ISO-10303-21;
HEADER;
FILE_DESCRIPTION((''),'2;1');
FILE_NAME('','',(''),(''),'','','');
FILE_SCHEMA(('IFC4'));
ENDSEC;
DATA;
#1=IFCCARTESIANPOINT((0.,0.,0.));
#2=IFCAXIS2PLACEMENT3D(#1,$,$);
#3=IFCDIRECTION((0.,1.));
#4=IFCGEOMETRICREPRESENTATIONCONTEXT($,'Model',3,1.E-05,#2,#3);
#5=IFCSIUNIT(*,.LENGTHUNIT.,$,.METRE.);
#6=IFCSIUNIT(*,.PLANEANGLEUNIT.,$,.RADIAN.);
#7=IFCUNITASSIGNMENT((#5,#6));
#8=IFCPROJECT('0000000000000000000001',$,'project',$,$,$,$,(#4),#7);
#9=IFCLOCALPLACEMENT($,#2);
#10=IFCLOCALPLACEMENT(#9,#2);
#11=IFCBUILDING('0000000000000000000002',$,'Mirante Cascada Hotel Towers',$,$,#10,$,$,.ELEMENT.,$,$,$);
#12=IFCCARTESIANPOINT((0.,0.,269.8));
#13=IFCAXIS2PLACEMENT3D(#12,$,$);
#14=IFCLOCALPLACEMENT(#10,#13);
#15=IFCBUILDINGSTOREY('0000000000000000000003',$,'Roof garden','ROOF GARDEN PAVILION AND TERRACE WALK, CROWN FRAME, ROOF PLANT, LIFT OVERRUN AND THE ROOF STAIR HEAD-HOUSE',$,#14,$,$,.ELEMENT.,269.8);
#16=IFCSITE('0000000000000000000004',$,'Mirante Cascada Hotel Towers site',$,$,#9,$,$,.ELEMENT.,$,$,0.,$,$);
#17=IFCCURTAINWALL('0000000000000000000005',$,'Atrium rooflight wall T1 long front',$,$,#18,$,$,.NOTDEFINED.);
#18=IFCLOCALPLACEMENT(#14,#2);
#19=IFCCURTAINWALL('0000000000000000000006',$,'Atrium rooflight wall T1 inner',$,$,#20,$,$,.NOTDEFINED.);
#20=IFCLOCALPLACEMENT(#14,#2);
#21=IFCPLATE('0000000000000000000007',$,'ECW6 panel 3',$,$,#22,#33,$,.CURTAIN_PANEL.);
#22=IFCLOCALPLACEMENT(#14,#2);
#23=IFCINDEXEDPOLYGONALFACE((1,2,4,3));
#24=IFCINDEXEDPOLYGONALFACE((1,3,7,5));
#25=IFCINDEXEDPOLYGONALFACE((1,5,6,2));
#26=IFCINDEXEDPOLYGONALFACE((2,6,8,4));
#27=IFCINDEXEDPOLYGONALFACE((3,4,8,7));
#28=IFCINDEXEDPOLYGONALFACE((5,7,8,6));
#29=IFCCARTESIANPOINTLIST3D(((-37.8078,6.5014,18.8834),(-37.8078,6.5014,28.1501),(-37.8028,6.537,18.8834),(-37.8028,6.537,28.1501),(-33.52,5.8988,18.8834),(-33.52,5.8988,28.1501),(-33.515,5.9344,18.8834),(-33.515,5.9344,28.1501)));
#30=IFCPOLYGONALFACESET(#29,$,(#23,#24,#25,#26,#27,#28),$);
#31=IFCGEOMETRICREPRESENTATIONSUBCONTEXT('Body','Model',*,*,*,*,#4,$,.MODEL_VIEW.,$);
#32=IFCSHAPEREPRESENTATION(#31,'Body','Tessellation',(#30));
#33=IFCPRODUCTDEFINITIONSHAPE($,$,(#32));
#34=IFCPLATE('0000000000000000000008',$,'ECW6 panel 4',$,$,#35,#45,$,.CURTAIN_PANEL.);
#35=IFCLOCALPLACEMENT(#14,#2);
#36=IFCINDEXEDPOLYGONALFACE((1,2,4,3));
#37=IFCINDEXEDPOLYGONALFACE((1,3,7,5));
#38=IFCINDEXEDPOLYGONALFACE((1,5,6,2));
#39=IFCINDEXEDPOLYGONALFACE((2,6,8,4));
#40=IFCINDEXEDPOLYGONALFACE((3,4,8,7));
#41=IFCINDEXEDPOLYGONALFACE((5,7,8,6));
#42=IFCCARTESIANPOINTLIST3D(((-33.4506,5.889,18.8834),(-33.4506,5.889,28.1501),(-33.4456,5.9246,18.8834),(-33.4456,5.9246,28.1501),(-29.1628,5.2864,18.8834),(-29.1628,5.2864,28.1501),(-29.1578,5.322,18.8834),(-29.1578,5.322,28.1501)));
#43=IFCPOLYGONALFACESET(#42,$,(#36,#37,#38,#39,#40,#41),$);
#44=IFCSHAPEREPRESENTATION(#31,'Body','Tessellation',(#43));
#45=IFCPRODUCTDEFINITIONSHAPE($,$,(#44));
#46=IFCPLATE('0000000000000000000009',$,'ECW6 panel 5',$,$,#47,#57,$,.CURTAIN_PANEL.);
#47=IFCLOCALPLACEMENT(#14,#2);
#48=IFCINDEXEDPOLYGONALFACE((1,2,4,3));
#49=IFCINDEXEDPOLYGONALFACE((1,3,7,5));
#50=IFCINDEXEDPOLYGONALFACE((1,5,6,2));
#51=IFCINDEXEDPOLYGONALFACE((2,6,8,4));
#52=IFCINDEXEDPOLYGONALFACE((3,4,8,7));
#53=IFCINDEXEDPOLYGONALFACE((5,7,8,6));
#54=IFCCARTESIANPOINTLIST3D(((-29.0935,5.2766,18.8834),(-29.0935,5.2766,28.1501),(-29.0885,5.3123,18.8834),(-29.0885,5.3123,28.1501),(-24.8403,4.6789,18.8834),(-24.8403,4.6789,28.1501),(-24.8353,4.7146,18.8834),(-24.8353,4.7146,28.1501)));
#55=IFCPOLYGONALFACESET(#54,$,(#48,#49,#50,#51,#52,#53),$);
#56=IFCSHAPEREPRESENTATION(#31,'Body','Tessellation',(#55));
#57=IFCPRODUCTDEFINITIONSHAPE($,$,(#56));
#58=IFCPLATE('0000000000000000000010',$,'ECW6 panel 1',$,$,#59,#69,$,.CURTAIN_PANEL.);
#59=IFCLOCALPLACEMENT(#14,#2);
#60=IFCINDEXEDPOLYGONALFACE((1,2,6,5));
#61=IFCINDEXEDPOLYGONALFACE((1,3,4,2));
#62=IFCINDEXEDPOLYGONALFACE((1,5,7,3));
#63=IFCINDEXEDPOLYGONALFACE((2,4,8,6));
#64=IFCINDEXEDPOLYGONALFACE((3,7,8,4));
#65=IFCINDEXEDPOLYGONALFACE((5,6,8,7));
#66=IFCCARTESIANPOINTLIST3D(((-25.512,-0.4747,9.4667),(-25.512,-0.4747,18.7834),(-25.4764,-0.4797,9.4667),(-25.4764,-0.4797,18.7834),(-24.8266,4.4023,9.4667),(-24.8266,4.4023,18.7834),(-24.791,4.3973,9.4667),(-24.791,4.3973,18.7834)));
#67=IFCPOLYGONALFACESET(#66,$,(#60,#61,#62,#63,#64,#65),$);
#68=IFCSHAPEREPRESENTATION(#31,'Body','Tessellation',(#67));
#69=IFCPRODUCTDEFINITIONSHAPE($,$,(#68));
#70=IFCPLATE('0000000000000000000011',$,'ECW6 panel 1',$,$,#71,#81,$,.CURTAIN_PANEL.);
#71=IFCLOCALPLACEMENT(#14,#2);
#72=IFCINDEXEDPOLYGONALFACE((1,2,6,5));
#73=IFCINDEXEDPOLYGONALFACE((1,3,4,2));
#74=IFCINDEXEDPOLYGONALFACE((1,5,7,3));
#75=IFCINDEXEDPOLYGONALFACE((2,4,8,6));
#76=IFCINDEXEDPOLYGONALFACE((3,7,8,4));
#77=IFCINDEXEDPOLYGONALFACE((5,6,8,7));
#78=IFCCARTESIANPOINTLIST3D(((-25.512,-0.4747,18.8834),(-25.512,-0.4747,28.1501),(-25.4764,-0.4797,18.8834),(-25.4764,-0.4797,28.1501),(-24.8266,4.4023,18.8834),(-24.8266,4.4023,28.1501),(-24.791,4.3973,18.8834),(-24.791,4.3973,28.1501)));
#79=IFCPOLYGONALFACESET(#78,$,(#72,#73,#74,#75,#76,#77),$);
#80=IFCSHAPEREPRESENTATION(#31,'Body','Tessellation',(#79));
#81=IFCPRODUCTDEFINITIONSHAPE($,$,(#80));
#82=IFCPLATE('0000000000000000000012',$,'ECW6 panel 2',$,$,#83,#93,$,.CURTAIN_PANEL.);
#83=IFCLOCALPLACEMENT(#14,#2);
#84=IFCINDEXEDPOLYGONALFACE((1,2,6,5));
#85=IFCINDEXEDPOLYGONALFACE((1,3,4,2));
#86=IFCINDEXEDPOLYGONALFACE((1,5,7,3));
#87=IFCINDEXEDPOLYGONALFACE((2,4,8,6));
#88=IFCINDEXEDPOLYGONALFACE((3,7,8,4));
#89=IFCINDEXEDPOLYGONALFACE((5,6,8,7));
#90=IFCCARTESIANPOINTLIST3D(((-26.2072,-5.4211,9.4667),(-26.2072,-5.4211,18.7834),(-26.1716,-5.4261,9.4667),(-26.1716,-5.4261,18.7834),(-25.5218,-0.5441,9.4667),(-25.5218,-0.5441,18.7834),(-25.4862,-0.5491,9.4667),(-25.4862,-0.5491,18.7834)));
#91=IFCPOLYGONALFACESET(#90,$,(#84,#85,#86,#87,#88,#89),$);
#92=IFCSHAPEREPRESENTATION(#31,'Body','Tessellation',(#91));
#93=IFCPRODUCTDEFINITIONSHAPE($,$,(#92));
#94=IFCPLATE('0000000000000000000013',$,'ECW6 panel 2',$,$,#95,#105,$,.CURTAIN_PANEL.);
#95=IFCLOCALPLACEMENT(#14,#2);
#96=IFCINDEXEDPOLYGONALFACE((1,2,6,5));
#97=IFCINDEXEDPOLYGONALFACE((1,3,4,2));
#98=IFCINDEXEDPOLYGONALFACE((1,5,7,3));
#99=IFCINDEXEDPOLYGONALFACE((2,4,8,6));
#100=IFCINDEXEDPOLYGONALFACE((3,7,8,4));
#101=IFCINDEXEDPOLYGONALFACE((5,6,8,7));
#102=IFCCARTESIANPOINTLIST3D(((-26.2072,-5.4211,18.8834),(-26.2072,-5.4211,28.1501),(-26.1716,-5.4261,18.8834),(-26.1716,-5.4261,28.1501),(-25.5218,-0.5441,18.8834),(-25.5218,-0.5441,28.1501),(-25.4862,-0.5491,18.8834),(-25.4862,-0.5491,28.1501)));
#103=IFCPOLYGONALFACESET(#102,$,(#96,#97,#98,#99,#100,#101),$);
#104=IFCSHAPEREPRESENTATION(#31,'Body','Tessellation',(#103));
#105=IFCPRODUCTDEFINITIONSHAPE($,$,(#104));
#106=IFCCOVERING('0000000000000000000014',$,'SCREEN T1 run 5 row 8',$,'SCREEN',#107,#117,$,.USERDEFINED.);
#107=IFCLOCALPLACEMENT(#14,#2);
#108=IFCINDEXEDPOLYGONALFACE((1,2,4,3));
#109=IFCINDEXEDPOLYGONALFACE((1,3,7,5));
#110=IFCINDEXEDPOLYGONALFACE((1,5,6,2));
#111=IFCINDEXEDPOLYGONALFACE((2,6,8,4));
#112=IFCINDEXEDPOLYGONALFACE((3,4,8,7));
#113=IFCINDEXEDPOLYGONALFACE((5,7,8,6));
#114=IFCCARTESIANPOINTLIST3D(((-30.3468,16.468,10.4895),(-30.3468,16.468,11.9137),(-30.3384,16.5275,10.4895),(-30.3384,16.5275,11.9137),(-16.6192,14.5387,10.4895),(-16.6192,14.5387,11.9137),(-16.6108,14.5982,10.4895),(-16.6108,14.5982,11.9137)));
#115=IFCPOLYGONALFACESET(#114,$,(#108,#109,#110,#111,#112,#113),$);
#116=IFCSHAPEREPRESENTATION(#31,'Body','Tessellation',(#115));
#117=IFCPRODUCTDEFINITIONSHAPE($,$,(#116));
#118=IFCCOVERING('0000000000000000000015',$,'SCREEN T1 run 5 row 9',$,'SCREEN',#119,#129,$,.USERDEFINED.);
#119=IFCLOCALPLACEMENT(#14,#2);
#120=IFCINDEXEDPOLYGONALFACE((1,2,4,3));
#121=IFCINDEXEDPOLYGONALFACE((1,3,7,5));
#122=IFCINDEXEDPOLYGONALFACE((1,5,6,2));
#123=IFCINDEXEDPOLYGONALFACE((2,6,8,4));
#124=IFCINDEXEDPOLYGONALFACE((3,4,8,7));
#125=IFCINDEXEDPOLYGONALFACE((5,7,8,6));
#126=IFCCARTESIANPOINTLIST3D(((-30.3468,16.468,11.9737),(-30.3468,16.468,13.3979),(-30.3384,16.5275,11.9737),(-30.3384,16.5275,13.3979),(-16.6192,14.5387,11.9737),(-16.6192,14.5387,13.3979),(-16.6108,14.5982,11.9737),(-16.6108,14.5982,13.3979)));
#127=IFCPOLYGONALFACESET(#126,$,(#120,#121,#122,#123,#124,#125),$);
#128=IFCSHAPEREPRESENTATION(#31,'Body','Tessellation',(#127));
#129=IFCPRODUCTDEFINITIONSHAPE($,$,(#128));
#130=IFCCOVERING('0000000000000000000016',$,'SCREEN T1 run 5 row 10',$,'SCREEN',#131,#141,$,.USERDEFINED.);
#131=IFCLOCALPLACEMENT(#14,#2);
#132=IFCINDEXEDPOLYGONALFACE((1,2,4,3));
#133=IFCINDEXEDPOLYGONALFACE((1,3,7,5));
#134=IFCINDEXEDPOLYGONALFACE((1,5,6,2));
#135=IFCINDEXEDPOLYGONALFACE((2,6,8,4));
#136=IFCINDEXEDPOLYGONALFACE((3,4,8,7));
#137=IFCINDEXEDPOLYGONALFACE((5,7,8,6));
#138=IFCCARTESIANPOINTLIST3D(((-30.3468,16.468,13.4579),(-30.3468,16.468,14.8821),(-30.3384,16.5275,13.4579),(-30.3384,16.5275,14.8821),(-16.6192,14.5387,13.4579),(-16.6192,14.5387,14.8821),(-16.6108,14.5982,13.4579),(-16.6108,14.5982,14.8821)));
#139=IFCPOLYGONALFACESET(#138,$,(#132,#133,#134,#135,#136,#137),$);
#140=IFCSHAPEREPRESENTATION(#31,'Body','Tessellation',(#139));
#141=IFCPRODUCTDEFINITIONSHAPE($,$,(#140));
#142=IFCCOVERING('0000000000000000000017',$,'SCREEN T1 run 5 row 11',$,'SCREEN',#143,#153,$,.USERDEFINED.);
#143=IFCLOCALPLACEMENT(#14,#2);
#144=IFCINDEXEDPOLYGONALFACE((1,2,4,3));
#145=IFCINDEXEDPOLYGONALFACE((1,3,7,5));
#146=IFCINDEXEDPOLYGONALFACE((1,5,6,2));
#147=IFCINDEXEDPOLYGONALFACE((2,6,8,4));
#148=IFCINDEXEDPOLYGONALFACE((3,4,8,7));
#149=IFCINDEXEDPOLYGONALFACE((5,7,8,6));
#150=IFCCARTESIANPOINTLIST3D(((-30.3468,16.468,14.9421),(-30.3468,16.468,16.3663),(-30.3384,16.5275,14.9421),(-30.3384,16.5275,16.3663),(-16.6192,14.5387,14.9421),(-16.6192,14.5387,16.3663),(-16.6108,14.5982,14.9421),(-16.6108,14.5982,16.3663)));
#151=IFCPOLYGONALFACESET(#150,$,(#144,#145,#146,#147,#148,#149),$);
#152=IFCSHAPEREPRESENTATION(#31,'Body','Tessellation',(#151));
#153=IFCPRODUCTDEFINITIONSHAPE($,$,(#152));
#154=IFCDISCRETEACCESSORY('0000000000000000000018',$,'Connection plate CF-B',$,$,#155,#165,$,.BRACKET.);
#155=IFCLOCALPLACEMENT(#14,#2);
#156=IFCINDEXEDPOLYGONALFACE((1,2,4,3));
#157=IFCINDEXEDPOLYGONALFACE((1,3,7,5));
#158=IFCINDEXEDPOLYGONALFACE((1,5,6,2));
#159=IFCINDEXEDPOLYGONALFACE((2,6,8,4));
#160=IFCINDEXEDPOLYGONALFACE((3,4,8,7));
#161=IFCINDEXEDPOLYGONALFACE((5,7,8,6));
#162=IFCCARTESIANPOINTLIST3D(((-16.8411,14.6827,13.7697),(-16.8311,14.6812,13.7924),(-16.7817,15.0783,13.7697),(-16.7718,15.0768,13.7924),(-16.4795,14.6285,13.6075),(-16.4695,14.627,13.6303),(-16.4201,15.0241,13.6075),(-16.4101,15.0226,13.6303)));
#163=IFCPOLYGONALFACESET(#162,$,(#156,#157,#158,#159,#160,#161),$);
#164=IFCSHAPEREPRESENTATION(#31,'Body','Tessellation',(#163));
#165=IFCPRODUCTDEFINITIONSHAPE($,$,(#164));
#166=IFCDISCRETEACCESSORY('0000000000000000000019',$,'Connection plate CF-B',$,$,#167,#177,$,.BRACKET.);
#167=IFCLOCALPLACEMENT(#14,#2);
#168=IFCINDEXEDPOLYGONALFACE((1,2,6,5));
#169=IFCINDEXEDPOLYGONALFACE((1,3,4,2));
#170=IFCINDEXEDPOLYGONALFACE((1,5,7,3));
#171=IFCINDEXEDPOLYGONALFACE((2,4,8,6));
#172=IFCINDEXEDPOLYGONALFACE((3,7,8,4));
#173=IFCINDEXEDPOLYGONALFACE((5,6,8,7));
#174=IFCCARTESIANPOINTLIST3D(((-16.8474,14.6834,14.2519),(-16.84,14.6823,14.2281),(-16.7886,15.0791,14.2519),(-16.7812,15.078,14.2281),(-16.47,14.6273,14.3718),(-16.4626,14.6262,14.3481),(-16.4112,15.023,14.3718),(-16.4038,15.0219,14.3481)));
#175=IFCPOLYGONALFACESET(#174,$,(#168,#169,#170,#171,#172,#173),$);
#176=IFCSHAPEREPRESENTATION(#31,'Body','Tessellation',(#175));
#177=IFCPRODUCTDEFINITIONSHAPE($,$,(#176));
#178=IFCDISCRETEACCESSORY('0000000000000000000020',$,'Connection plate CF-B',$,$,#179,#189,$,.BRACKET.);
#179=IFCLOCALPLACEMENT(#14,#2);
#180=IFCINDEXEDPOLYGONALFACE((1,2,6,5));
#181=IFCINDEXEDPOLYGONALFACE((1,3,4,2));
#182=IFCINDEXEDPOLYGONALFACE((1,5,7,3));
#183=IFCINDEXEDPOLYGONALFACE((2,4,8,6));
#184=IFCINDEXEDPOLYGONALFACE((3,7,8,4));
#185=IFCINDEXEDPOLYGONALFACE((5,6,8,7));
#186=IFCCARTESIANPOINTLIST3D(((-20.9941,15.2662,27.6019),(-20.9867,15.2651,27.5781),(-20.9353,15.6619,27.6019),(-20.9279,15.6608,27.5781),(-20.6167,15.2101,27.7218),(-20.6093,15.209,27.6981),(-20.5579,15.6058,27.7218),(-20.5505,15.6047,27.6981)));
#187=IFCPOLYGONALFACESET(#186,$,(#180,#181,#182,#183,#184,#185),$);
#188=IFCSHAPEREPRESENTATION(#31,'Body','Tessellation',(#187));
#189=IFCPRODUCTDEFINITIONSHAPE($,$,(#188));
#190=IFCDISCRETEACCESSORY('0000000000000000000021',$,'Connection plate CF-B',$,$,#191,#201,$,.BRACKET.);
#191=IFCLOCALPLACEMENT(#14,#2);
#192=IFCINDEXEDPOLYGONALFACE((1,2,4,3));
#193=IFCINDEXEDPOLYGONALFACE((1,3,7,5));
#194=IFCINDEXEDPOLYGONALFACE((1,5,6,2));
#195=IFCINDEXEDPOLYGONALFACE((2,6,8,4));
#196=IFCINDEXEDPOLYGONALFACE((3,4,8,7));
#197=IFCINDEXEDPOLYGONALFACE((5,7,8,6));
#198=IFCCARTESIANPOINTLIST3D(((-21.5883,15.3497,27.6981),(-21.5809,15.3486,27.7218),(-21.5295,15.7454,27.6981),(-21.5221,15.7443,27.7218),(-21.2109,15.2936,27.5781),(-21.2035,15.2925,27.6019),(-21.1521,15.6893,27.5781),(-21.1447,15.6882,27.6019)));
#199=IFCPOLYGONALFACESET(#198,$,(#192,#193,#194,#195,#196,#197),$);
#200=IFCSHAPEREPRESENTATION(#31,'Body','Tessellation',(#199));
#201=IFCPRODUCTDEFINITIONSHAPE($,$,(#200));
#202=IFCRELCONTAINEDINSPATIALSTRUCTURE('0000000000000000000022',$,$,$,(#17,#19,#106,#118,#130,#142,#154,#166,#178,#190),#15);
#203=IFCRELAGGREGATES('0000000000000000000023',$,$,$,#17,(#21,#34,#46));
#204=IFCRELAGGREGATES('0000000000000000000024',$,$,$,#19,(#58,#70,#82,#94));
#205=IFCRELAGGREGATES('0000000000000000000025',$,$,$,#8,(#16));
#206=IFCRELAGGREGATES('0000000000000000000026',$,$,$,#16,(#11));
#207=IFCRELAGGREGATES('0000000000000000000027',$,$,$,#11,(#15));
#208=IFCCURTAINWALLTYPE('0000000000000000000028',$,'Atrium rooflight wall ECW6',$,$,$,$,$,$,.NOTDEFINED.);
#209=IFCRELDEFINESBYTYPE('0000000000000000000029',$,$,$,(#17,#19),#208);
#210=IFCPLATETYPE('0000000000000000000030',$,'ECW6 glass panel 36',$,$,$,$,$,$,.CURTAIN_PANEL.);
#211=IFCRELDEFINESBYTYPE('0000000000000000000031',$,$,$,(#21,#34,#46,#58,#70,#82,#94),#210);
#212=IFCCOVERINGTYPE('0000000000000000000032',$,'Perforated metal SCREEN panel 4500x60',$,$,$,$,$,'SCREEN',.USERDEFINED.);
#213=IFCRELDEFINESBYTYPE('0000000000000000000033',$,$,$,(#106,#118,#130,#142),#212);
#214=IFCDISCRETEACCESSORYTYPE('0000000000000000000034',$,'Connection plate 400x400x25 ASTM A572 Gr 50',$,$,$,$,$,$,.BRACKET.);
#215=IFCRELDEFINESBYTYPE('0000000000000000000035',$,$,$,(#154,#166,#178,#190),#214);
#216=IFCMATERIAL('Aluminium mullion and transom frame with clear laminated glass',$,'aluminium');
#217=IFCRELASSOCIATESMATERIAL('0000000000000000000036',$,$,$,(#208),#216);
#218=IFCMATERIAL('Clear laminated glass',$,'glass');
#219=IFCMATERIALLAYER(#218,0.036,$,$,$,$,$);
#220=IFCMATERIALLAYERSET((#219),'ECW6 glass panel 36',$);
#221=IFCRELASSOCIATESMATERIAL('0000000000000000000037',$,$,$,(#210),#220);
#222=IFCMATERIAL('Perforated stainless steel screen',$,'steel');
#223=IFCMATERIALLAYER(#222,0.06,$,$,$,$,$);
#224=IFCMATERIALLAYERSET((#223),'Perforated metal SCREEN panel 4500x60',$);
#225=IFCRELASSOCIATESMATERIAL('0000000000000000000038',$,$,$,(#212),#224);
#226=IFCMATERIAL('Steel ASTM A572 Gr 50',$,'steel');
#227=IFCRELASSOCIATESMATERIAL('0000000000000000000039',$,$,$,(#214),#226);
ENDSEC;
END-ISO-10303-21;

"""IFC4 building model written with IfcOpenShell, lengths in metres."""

from ifc_helpers import new_model, si_unit, direction, frame, origin, origin_2d, place, context, subcontext, project, spatial, rectangle, extrude, material, layer, layer_set, material_profile, profile_set, type_object, element, aggregate, save


model = new_model("IFC4")

# Units and contexts
model_context = context("Model", 3, precision=1e-05, world=origin(), true_north=direction((0.0, 1.0)))
body_context = subcontext(model_context, "Body", "Model", "MODEL_VIEW")
ifc_project = project(units=[si_unit("LENGTHUNIT", "METRE"), si_unit("PLANEANGLEUNIT", "RADIAN")], contexts=[model_context])

# Site, building, storey
site_placement = place(None, origin())
site = spatial("IfcSite", under=ifc_project, at=site_placement, Name="Mirante Cascada Hotel Towers site", CompositionType="ELEMENT", RefElevation=0.0)
building_placement = place(site_placement, origin())
building = spatial("IfcBuilding", under=site, at=building_placement, Name="Mirante Cascada Hotel Towers", CompositionType="ELEMENT")
storey_placement = place(building_placement, frame((0.0, 0.0, 269.8)))
storey = spatial("IfcBuildingStorey", under=building, at=storey_placement, Name="Roof garden", Description="ROOF GARDEN PAVILION AND TERRACE WALK, CROWN FRAME, ROOF PLANT, LIFT OVERRUN AND THE ROOF STAIR HEAD-HOUSE", CompositionType="ELEMENT", Elevation=269.8)

# Curtain walls
ifc_material_1 = material(Name="Aluminium mullion and transom frame with clear laminated glass", Category="aluminium")
curtain_wall_type = type_object("IfcCurtainWallType", Name="Atrium rooflight wall ECW6", PredefinedType="NOTDEFINED", material=ifc_material_1)
curtain_wall_1_placement = place(storey_placement, origin())
curtain_wall_1 = element("IfcCurtainWall", 1, at=curtain_wall_1_placement, inside=storey, type_object=curtain_wall_type, Name="Atrium rooflight wall T1 long front", PredefinedType="NOTDEFINED")
curtain_wall_2_placement = place(storey_placement, origin())
curtain_wall_2 = element("IfcCurtainWall", 2, at=curtain_wall_2_placement, inside=storey, type_object=curtain_wall_type, Name="Atrium rooflight wall T1 inner", PredefinedType="NOTDEFINED")

# Plates
ifc_material_2 = material(Name="Clear laminated glass", Category="glass")
ifc_layer_1 = layer(ifc_material_2, 0.036)
ifc_layer_set_1 = layer_set([ifc_layer_1], Name="ECW6 glass panel 36")
plate_type = type_object("IfcPlateType", Name="ECW6 glass panel 36", PredefinedType="CURTAIN_PANEL", material=ifc_layer_set_1)
plate_1_placement = place(storey_placement, frame((-35.6614, 6.2179, 18.8834), z_axis=(0.0, 0.0, 1.0), x_axis=(0.990268, -0.139173, 0.0)))
plate_1 = element("IfcPlate", 3, at=plate_1_placement, type_object=plate_type, Name="ECW6 panel 3", PredefinedType="CURTAIN_PANEL", context=body_context, shape_type="SweptSolid", body=[
    extrude(rectangle(XDim=4.33, YDim=0.036, at=origin_2d()), origin(), (0.0, 0.0, 1.0), 9.2667),
])
plate_2_placement = place(storey_placement, frame((-31.3042, 5.6055, 18.8834), z_axis=(0.0, 0.0, 1.0), x_axis=(0.990268, -0.139173, 0.0)))
plate_2 = element("IfcPlate", 4, at=plate_2_placement, type_object=plate_type, Name="ECW6 panel 4", PredefinedType="CURTAIN_PANEL", context=body_context, shape_type="SweptSolid", body=[
    extrude(rectangle(XDim=4.33, YDim=0.036, at=origin_2d()), origin(), (0.0, 0.0, 1.0), 9.2667),
])
plate_3_placement = place(storey_placement, frame((-26.9644, 4.9956, 18.8834), z_axis=(0.0, 0.0, 1.0), x_axis=(0.990268, -0.139173, 0.0)))
plate_3 = element("IfcPlate", 5, at=plate_3_placement, type_object=plate_type, Name="ECW6 panel 5", PredefinedType="CURTAIN_PANEL", context=body_context, shape_type="SweptSolid", body=[
    extrude(rectangle(XDim=4.295, YDim=0.036, at=origin_2d()), origin(), (0.0, 0.0, 1.0), 9.2667),
])
aggregate(curtain_wall_1, [plate_1, plate_2, plate_3])
plate_4_placement = place(storey_placement, frame((-25.1515, 1.9613, 9.4667), z_axis=(0.0, 0.0, 1.0), x_axis=(-0.139173, -0.990268, 0.0)))
plate_4 = element("IfcPlate", 6, at=plate_4_placement, type_object=plate_type, Name="ECW6 panel 1", PredefinedType="CURTAIN_PANEL", context=body_context, shape_type="SweptSolid", body=[
    extrude(rectangle(XDim=4.925, YDim=0.036, at=origin_2d()), origin(), (0.0, 0.0, 1.0), 9.3167),
])
plate_5_placement = place(storey_placement, frame((-25.1515, 1.9613, 18.8834), z_axis=(0.0, 0.0, 1.0), x_axis=(-0.139173, -0.990268, 0.0)))
plate_5 = element("IfcPlate", 7, at=plate_5_placement, type_object=plate_type, Name="ECW6 panel 1", PredefinedType="CURTAIN_PANEL", context=body_context, shape_type="SweptSolid", body=[
    extrude(rectangle(XDim=4.925, YDim=0.036, at=origin_2d()), origin(), (0.0, 0.0, 1.0), 9.2667),
])
plate_6_placement = place(storey_placement, frame((-25.8467, -2.9851, 9.4667), z_axis=(0.0, 0.0, 1.0), x_axis=(-0.139173, -0.990268, 0.0)))
plate_6 = element("IfcPlate", 8, at=plate_6_placement, type_object=plate_type, Name="ECW6 panel 2", PredefinedType="CURTAIN_PANEL", context=body_context, shape_type="SweptSolid", body=[
    extrude(rectangle(XDim=4.925, YDim=0.036, at=origin_2d()), origin(), (0.0, 0.0, 1.0), 9.3167),
])
plate_7_placement = place(storey_placement, frame((-25.8467, -2.9851, 18.8834), z_axis=(0.0, 0.0, 1.0), x_axis=(-0.139173, -0.990268, 0.0)))
plate_7 = element("IfcPlate", 9, at=plate_7_placement, type_object=plate_type, Name="ECW6 panel 2", PredefinedType="CURTAIN_PANEL", context=body_context, shape_type="SweptSolid", body=[
    extrude(rectangle(XDim=4.925, YDim=0.036, at=origin_2d()), origin(), (0.0, 0.0, 1.0), 9.2667),
])
aggregate(curtain_wall_2, [plate_4, plate_5, plate_6, plate_7])

# Coverings
ifc_material_3 = material(Name="Perforated stainless steel screen", Category="steel")
ifc_layer_2 = layer(ifc_material_3, 0.06)
ifc_layer_set_2 = layer_set([ifc_layer_2], Name="Perforated metal SCREEN panel 4500x60")
covering_type = type_object("IfcCoveringType", Name="Perforated metal SCREEN panel 4500x60", ElementType="SCREEN", PredefinedType="USERDEFINED", material=ifc_layer_set_2)
for number, where, z_axis, x_axis, name in (
    (10, (-23.4788, 15.5331, 10.4895), (0.0, 0.0, 1.0), (-0.990268, 0.139173, 0.0), "SCREEN T1 run 5 row 8"),
    (11, (-23.4788, 15.5331, 11.9737), (0.0, 0.0, 1.0), (-0.990268, 0.139173, 0.0), "SCREEN T1 run 5 row 9"),
    (12, (-23.4788, 15.5331, 13.4579), (0.0, 0.0, 1.0), (-0.990268, 0.139173, 0.0), "SCREEN T1 run 5 row 10"),
    (13, (-23.4788, 15.5331, 14.9421), (0.0, 0.0, 1.0), (-0.990268, 0.139173, 0.0), "SCREEN T1 run 5 row 11"),
):
    element("IfcCovering", number, at=place(storey_placement, frame(where, z_axis=z_axis, x_axis=x_axis)), inside=storey, type_object=covering_type, Name=name, ObjectType="SCREEN", PredefinedType="USERDEFINED", context=body_context, shape_type="SweptSolid", body=[
        extrude(rectangle(XDim=13.8625, YDim=0.06, at=origin_2d()), origin(), (0.0, 0.0, 1.0), 1.4242),
    ])

# Discrete accessories
ifc_material_4 = material(Name="Steel ASTM A572 Gr 50", Category="steel")
ifc_material_profile_1 = material_profile(ifc_material_4, rectangle(XDim=0.4, YDim=0.4, at=origin_2d()), Name="Connection plate 400x400x25 ASTM A572 Gr 50")
ifc_profile_set_1 = profile_set([ifc_material_profile_1], Name="Steel ASTM A572 Gr 50")
discrete_accessory_type = type_object("IfcDiscreteAccessoryType", Name="Connection plate 400x400x25 ASTM A572 Gr 50", PredefinedType="BRACKET", material=ifc_profile_set_1)
for number, where, z_axis, x_axis, name in (
    (14, (-16.6306, 14.8534, 13.6886), (0.400935, -0.06014, 0.914131), (0.14834, 0.988936, 0.0), "Connection plate CF-B"),
    (15, (-16.6219, 14.8521, 14.2881), (-0.296615, 0.044091, 0.953979), (-0.147033, -0.989132, 0.0), "Connection plate CF-B"),
    (16, (-20.7686, 15.4349, 27.6381), (-0.296615, 0.044091, 0.953979), (-0.147033, -0.989132, 0.0), "Connection plate CF-B"),
    (17, (-21.3702, 15.5195, 27.6381), (0.296615, -0.044091, 0.953979), (0.147033, 0.989132, 0.0), "Connection plate CF-B"),
):
    element("IfcDiscreteAccessory", number, at=place(storey_placement, frame(where, z_axis=z_axis, x_axis=x_axis)), inside=storey, type_object=discrete_accessory_type, Name=name, PredefinedType="BRACKET", context=body_context, shape_type="SweptSolid", body=[
        extrude(rectangle(XDim=0.4, YDim=0.4, at=origin_2d()), origin(), (0.0, 0.0, 1.0), 0.0249),
    ])

save(model, "model.ifc")
